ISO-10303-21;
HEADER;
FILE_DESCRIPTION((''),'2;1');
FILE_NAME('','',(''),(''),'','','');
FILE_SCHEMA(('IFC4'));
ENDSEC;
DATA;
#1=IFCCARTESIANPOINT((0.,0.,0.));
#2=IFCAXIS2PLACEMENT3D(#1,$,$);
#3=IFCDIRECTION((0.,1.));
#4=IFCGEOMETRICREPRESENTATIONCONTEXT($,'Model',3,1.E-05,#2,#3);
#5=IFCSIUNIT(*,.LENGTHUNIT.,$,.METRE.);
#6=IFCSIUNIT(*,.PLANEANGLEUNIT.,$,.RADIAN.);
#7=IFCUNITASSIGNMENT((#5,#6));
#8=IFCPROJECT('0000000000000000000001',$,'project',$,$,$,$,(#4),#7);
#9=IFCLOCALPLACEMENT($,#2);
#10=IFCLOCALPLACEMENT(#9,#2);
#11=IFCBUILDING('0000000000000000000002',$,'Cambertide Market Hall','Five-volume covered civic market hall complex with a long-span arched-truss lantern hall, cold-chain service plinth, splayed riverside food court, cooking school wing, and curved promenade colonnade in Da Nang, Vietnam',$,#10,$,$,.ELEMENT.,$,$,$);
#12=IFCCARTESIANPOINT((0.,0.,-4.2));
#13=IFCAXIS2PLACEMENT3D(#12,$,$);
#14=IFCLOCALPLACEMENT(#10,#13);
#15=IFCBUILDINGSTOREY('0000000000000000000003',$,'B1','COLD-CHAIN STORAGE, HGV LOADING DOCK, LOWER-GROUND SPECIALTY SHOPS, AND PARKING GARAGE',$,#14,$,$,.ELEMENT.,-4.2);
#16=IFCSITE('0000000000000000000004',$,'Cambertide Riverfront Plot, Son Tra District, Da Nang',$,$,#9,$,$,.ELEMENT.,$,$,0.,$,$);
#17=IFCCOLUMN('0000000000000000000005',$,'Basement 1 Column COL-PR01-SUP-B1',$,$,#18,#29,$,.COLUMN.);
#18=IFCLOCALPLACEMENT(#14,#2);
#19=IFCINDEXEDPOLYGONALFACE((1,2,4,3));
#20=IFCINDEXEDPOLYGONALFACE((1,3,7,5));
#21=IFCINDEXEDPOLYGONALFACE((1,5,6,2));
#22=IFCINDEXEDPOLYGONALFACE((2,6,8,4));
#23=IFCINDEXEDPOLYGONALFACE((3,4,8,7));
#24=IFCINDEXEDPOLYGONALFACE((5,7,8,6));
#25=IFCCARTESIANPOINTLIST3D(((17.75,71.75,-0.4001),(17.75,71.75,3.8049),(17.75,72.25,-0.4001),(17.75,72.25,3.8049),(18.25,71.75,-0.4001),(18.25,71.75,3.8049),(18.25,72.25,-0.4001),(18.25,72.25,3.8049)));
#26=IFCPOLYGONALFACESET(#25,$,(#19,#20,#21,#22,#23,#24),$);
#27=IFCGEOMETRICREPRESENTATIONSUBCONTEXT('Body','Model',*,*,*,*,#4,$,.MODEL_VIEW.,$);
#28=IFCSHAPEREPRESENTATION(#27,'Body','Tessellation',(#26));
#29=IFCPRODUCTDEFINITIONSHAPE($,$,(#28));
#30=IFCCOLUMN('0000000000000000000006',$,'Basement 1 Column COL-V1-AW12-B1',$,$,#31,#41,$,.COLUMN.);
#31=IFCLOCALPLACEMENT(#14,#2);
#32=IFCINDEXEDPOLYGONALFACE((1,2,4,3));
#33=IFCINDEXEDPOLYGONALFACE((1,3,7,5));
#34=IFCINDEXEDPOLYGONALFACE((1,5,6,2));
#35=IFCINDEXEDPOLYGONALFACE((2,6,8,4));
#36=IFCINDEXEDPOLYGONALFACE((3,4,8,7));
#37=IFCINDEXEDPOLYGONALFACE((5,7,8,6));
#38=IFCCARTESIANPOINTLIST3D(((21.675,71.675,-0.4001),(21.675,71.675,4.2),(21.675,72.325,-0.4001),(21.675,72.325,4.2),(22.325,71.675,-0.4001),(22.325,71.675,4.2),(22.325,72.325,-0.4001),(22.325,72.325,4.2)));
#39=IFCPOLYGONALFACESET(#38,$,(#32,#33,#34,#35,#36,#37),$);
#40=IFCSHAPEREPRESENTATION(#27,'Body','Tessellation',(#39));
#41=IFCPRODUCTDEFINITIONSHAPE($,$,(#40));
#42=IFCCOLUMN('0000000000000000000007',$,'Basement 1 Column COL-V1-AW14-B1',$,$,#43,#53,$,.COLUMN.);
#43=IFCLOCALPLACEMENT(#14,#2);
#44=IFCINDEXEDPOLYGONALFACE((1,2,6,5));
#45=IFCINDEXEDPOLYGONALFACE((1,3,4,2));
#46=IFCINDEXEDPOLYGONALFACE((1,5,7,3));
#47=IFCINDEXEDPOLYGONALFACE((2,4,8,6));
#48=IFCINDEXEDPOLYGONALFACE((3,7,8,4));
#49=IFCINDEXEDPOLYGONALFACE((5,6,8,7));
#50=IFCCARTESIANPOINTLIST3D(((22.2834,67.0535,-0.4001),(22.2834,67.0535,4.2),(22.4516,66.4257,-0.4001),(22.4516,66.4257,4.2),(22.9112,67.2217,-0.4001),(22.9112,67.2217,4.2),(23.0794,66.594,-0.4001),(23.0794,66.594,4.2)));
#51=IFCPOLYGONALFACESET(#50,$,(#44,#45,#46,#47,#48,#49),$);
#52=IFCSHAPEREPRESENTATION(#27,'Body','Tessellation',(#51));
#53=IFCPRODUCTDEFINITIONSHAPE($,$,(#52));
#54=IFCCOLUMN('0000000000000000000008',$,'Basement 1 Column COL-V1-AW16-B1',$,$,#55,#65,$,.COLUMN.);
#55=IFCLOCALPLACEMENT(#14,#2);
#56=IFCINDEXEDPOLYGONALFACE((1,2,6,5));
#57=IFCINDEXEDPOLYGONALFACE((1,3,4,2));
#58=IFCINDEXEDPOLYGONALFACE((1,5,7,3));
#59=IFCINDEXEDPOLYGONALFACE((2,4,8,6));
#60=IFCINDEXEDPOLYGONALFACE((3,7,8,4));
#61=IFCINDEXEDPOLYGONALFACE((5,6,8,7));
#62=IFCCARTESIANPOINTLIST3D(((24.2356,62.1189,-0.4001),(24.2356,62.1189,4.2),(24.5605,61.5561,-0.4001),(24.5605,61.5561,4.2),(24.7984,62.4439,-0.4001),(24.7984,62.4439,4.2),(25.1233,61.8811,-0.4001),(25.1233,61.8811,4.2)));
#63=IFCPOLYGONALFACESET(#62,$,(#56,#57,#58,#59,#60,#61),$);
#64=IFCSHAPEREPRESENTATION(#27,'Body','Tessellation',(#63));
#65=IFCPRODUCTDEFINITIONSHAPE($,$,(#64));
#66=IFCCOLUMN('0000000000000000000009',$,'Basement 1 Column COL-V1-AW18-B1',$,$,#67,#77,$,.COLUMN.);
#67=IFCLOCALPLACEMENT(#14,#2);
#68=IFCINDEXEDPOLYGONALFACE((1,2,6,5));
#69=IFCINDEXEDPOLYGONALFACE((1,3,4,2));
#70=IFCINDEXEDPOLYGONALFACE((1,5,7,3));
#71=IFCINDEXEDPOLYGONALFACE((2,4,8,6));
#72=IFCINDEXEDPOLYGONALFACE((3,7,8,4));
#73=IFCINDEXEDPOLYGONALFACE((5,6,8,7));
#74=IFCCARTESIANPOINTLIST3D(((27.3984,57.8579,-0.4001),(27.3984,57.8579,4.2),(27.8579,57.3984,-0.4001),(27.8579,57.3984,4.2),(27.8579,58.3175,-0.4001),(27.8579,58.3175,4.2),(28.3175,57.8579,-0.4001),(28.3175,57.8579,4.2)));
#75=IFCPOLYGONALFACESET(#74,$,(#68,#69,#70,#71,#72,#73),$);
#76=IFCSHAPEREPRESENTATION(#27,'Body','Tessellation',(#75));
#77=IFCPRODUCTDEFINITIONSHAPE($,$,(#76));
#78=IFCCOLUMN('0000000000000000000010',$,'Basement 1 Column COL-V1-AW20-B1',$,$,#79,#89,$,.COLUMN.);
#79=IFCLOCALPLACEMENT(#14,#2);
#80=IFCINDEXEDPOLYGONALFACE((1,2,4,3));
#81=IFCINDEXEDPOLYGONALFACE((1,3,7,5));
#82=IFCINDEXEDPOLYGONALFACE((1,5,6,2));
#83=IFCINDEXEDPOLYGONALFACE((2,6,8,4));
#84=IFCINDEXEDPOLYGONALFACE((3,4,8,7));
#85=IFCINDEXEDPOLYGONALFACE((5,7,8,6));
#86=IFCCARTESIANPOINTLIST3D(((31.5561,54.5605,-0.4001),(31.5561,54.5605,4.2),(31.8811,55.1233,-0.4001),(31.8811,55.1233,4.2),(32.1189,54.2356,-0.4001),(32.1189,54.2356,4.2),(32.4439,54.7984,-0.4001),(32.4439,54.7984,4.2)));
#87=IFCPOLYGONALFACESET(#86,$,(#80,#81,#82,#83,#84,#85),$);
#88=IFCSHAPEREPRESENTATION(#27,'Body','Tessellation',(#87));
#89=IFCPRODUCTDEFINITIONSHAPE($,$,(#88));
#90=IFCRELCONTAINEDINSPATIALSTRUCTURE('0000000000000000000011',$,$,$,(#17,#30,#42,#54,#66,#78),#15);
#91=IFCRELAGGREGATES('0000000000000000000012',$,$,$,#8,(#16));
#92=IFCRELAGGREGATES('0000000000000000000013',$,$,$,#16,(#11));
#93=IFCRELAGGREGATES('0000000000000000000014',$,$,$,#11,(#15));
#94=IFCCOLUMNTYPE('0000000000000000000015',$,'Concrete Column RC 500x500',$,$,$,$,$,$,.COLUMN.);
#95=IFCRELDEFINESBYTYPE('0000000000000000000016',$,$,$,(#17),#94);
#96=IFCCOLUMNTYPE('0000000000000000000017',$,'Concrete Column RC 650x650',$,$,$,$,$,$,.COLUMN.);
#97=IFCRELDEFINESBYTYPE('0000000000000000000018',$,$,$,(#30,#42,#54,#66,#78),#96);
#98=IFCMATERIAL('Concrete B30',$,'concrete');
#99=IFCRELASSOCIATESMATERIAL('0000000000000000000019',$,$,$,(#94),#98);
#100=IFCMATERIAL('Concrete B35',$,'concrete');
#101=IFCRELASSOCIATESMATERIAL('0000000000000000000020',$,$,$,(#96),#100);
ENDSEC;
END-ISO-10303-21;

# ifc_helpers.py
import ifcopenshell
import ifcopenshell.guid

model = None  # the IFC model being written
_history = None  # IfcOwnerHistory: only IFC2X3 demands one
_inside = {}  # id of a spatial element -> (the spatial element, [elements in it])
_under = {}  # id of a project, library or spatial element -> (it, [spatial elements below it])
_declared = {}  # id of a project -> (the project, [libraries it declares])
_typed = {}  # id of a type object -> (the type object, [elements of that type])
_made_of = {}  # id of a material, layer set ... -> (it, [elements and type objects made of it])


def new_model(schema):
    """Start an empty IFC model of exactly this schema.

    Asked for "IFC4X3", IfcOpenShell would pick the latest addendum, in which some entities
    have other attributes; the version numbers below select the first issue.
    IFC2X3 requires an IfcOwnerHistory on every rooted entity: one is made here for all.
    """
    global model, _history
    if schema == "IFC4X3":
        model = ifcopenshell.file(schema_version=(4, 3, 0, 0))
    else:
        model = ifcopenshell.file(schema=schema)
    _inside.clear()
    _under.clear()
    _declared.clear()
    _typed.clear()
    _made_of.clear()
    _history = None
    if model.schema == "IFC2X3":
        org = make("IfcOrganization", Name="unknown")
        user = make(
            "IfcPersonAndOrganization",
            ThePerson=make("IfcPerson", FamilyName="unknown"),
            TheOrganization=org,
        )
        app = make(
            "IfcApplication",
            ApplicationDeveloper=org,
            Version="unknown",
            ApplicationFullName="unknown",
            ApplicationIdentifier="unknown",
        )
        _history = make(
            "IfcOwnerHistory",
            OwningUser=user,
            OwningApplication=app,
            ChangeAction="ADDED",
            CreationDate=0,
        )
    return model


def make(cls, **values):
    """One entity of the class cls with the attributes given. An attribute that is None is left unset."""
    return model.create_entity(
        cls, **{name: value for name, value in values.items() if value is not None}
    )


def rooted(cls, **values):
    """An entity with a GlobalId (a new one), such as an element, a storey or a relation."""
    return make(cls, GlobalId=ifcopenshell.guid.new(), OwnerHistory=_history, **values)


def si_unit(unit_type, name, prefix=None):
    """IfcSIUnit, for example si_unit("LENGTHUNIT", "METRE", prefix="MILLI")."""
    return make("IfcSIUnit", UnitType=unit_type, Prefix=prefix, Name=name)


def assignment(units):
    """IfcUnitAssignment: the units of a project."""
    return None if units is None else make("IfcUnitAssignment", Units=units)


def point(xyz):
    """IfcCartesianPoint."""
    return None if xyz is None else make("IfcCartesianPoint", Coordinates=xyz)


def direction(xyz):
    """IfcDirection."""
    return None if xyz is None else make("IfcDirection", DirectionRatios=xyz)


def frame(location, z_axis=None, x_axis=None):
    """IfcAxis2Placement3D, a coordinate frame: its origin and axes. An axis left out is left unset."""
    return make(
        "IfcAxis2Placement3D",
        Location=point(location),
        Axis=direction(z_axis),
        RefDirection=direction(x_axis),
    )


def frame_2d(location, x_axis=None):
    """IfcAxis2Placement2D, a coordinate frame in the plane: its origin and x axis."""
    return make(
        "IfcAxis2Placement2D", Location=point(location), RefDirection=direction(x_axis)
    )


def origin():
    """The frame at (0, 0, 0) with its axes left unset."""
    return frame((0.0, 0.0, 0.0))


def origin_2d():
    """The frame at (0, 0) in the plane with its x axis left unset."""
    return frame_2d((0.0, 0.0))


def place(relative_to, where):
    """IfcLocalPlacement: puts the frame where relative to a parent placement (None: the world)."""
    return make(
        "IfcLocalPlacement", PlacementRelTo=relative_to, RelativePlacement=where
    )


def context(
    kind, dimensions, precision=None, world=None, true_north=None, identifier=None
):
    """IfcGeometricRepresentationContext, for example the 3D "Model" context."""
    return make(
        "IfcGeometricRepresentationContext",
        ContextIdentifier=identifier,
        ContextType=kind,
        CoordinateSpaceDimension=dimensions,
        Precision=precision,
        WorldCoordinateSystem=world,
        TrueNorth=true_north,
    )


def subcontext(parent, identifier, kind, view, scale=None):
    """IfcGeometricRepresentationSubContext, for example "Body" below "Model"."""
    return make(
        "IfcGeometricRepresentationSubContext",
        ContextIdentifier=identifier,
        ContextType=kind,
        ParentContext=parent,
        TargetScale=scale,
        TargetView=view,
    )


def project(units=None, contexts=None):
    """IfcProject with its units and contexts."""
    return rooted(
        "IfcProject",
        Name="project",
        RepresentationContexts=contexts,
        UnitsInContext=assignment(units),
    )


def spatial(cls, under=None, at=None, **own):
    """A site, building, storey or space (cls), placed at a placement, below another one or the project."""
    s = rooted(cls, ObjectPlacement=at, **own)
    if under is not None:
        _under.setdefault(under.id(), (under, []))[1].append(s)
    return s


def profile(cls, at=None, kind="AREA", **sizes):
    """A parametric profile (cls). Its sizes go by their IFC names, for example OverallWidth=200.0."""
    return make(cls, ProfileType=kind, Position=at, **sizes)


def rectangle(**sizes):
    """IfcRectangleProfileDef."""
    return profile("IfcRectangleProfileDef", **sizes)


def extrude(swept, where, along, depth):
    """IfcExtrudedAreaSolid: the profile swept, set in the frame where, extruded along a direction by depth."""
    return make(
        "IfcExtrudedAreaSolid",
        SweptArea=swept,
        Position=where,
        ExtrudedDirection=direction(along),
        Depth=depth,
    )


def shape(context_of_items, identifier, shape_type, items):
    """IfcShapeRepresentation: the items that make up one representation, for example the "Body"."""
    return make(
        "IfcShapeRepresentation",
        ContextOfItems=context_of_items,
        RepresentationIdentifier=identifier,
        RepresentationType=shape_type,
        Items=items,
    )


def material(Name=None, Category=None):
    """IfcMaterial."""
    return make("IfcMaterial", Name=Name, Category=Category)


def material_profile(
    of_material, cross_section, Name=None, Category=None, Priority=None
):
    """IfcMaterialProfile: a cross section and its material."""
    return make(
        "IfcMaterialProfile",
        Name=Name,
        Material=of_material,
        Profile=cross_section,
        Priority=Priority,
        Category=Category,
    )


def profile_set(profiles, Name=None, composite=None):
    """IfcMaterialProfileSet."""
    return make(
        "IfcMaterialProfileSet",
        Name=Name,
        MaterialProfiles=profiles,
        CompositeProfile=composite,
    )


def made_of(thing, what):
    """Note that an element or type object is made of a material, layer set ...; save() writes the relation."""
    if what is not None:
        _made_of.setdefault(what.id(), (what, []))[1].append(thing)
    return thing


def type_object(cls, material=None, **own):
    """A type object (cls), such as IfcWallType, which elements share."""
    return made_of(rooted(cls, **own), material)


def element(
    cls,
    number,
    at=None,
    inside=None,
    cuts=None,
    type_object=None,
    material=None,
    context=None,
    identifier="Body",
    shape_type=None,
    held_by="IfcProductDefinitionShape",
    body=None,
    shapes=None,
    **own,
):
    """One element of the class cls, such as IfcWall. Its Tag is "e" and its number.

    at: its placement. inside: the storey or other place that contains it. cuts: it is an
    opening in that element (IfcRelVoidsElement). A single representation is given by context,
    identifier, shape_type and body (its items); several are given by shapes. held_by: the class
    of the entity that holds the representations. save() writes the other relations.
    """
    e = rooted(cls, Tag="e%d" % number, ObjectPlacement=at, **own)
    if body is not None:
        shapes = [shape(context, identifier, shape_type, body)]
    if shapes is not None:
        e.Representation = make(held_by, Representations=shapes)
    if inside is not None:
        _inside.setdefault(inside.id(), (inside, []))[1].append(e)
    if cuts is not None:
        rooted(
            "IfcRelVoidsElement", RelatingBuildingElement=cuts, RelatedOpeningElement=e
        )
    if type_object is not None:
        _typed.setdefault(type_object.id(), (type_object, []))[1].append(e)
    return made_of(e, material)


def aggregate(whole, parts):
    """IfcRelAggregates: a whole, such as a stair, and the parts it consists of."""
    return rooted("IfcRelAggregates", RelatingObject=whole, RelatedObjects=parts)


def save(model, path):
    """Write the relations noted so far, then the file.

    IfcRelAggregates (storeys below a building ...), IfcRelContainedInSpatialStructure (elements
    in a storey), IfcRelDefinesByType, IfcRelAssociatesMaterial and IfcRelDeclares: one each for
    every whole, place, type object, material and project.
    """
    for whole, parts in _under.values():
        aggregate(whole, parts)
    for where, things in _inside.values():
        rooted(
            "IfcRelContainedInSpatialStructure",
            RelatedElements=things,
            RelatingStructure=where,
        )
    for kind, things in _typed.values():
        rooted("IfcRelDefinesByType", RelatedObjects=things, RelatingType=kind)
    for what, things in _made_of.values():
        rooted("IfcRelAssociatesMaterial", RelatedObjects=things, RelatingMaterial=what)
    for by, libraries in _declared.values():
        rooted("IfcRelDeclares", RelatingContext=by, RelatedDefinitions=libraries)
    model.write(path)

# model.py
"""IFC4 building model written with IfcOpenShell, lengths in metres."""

from ifc_helpers import new_model, si_unit, direction, frame, origin, origin_2d, place, context, subcontext, project, spatial, rectangle, extrude, material, material_profile, profile_set, type_object, element, save


model = new_model("IFC4")

# Units and contexts
model_context = context("Model", 3, precision=1e-05, world=origin(), true_north=direction((0.0, 1.0)))
body_context = subcontext(model_context, "Body", "Model", "MODEL_VIEW")
ifc_project = project(units=[si_unit("LENGTHUNIT", "METRE"), si_unit("PLANEANGLEUNIT", "RADIAN")], contexts=[model_context])

# Site, building, storey
site_placement = place(None, origin())
site = spatial("IfcSite", under=ifc_project, at=site_placement, Name="Cambertide Riverfront Plot, Son Tra District, Da Nang", CompositionType="ELEMENT", RefElevation=0.0)
building_placement = place(site_placement, origin())
building = spatial("IfcBuilding", under=site, at=building_placement, Name="Cambertide Market Hall", Description="Five-volume covered civic market hall complex with a long-span arched-truss lantern hall, cold-chain service plinth, splayed riverside food court, cooking school wing, and curved promenade colonnade in Da Nang, Vietnam", CompositionType="ELEMENT")
storey_placement = place(building_placement, frame((0.0, 0.0, -4.2)))
storey = spatial("IfcBuildingStorey", under=building, at=storey_placement, Name="B1", Description="COLD-CHAIN STORAGE, HGV LOADING DOCK, LOWER-GROUND SPECIALTY SHOPS, AND PARKING GARAGE", CompositionType="ELEMENT", Elevation=-4.2)

# Columns
ifc_material_1 = material(Name="Concrete B30", Category="concrete")
ifc_material_profile_1 = material_profile(ifc_material_1, rectangle(XDim=0.5, YDim=0.5, at=origin_2d()), Name="RC 500x500")
ifc_profile_set_1 = profile_set([ifc_material_profile_1], Name="Concrete B30")
column_type_1 = type_object("IfcColumnType", Name="Concrete Column RC 500x500", PredefinedType="COLUMN", material=ifc_profile_set_1)
column_placement = place(storey_placement, frame((18.0, 72.0, -0.4001), z_axis=(0.0, 0.0, 1.0), x_axis=(0.0, 1.0, 0.0)))
element("IfcColumn", 1, at=column_placement, inside=storey, type_object=column_type_1, Name="Basement 1 Column COL-PR01-SUP-B1", PredefinedType="COLUMN", context=body_context, shape_type="SweptSolid", body=[
    extrude(rectangle(XDim=0.5, YDim=0.5, at=origin_2d()), origin(), (0.0, 0.0, 1.0), 4.2051),
])
ifc_material_2 = material(Name="Concrete B35", Category="concrete")
ifc_material_profile_2 = material_profile(ifc_material_2, rectangle(XDim=0.6499, YDim=0.6499, at=origin_2d()), Name="RC 650x650")
ifc_profile_set_2 = profile_set([ifc_material_profile_2], Name="Concrete B35")
column_type_2 = type_object("IfcColumnType", Name="Concrete Column RC 650x650", PredefinedType="COLUMN", material=ifc_profile_set_2)
for number, where, z_axis, x_axis, name in (
    (2, (22.0, 72.0, -0.4001), (0.0, 0.0, 1.0), (-1.0, 0.0, 0.0), "Basement 1 Column COL-V1-AW12-B1"),
    (3, (22.6814, 66.8237, -0.4001), (0.0, 0.0, 1.0), (-0.965926, -0.258819, 0.0), "Basement 1 Column COL-V1-AW14-B1"),
    (4, (24.6794, 62.0, -0.4001), (0.0, 0.0, 1.0), (-0.866025, -0.5, 0.0), "Basement 1 Column COL-V1-AW16-B1"),
    (5, (27.8579, 57.8579, -0.4001), (0.0, 0.0, 1.0), (-0.707107, -0.707107, 0.0), "Basement 1 Column COL-V1-AW18-B1"),
    (6, (32.0, 54.6794, -0.4001), (0.0, 0.0, 1.0), (-0.5, -0.866025, 0.0), "Basement 1 Column COL-V1-AW20-B1"),
):
    element("IfcColumn", number, at=place(storey_placement, frame(where, z_axis=z_axis, x_axis=x_axis)), inside=storey, type_object=column_type_2, Name=name, PredefinedType="COLUMN", context=body_context, shape_type="SweptSolid", body=[
        extrude(rectangle(XDim=0.6499, YDim=0.6499, at=origin_2d()), origin(), (0.0, 0.0, 1.0), 4.6001),
    ])

save(model, "model.ifc")
